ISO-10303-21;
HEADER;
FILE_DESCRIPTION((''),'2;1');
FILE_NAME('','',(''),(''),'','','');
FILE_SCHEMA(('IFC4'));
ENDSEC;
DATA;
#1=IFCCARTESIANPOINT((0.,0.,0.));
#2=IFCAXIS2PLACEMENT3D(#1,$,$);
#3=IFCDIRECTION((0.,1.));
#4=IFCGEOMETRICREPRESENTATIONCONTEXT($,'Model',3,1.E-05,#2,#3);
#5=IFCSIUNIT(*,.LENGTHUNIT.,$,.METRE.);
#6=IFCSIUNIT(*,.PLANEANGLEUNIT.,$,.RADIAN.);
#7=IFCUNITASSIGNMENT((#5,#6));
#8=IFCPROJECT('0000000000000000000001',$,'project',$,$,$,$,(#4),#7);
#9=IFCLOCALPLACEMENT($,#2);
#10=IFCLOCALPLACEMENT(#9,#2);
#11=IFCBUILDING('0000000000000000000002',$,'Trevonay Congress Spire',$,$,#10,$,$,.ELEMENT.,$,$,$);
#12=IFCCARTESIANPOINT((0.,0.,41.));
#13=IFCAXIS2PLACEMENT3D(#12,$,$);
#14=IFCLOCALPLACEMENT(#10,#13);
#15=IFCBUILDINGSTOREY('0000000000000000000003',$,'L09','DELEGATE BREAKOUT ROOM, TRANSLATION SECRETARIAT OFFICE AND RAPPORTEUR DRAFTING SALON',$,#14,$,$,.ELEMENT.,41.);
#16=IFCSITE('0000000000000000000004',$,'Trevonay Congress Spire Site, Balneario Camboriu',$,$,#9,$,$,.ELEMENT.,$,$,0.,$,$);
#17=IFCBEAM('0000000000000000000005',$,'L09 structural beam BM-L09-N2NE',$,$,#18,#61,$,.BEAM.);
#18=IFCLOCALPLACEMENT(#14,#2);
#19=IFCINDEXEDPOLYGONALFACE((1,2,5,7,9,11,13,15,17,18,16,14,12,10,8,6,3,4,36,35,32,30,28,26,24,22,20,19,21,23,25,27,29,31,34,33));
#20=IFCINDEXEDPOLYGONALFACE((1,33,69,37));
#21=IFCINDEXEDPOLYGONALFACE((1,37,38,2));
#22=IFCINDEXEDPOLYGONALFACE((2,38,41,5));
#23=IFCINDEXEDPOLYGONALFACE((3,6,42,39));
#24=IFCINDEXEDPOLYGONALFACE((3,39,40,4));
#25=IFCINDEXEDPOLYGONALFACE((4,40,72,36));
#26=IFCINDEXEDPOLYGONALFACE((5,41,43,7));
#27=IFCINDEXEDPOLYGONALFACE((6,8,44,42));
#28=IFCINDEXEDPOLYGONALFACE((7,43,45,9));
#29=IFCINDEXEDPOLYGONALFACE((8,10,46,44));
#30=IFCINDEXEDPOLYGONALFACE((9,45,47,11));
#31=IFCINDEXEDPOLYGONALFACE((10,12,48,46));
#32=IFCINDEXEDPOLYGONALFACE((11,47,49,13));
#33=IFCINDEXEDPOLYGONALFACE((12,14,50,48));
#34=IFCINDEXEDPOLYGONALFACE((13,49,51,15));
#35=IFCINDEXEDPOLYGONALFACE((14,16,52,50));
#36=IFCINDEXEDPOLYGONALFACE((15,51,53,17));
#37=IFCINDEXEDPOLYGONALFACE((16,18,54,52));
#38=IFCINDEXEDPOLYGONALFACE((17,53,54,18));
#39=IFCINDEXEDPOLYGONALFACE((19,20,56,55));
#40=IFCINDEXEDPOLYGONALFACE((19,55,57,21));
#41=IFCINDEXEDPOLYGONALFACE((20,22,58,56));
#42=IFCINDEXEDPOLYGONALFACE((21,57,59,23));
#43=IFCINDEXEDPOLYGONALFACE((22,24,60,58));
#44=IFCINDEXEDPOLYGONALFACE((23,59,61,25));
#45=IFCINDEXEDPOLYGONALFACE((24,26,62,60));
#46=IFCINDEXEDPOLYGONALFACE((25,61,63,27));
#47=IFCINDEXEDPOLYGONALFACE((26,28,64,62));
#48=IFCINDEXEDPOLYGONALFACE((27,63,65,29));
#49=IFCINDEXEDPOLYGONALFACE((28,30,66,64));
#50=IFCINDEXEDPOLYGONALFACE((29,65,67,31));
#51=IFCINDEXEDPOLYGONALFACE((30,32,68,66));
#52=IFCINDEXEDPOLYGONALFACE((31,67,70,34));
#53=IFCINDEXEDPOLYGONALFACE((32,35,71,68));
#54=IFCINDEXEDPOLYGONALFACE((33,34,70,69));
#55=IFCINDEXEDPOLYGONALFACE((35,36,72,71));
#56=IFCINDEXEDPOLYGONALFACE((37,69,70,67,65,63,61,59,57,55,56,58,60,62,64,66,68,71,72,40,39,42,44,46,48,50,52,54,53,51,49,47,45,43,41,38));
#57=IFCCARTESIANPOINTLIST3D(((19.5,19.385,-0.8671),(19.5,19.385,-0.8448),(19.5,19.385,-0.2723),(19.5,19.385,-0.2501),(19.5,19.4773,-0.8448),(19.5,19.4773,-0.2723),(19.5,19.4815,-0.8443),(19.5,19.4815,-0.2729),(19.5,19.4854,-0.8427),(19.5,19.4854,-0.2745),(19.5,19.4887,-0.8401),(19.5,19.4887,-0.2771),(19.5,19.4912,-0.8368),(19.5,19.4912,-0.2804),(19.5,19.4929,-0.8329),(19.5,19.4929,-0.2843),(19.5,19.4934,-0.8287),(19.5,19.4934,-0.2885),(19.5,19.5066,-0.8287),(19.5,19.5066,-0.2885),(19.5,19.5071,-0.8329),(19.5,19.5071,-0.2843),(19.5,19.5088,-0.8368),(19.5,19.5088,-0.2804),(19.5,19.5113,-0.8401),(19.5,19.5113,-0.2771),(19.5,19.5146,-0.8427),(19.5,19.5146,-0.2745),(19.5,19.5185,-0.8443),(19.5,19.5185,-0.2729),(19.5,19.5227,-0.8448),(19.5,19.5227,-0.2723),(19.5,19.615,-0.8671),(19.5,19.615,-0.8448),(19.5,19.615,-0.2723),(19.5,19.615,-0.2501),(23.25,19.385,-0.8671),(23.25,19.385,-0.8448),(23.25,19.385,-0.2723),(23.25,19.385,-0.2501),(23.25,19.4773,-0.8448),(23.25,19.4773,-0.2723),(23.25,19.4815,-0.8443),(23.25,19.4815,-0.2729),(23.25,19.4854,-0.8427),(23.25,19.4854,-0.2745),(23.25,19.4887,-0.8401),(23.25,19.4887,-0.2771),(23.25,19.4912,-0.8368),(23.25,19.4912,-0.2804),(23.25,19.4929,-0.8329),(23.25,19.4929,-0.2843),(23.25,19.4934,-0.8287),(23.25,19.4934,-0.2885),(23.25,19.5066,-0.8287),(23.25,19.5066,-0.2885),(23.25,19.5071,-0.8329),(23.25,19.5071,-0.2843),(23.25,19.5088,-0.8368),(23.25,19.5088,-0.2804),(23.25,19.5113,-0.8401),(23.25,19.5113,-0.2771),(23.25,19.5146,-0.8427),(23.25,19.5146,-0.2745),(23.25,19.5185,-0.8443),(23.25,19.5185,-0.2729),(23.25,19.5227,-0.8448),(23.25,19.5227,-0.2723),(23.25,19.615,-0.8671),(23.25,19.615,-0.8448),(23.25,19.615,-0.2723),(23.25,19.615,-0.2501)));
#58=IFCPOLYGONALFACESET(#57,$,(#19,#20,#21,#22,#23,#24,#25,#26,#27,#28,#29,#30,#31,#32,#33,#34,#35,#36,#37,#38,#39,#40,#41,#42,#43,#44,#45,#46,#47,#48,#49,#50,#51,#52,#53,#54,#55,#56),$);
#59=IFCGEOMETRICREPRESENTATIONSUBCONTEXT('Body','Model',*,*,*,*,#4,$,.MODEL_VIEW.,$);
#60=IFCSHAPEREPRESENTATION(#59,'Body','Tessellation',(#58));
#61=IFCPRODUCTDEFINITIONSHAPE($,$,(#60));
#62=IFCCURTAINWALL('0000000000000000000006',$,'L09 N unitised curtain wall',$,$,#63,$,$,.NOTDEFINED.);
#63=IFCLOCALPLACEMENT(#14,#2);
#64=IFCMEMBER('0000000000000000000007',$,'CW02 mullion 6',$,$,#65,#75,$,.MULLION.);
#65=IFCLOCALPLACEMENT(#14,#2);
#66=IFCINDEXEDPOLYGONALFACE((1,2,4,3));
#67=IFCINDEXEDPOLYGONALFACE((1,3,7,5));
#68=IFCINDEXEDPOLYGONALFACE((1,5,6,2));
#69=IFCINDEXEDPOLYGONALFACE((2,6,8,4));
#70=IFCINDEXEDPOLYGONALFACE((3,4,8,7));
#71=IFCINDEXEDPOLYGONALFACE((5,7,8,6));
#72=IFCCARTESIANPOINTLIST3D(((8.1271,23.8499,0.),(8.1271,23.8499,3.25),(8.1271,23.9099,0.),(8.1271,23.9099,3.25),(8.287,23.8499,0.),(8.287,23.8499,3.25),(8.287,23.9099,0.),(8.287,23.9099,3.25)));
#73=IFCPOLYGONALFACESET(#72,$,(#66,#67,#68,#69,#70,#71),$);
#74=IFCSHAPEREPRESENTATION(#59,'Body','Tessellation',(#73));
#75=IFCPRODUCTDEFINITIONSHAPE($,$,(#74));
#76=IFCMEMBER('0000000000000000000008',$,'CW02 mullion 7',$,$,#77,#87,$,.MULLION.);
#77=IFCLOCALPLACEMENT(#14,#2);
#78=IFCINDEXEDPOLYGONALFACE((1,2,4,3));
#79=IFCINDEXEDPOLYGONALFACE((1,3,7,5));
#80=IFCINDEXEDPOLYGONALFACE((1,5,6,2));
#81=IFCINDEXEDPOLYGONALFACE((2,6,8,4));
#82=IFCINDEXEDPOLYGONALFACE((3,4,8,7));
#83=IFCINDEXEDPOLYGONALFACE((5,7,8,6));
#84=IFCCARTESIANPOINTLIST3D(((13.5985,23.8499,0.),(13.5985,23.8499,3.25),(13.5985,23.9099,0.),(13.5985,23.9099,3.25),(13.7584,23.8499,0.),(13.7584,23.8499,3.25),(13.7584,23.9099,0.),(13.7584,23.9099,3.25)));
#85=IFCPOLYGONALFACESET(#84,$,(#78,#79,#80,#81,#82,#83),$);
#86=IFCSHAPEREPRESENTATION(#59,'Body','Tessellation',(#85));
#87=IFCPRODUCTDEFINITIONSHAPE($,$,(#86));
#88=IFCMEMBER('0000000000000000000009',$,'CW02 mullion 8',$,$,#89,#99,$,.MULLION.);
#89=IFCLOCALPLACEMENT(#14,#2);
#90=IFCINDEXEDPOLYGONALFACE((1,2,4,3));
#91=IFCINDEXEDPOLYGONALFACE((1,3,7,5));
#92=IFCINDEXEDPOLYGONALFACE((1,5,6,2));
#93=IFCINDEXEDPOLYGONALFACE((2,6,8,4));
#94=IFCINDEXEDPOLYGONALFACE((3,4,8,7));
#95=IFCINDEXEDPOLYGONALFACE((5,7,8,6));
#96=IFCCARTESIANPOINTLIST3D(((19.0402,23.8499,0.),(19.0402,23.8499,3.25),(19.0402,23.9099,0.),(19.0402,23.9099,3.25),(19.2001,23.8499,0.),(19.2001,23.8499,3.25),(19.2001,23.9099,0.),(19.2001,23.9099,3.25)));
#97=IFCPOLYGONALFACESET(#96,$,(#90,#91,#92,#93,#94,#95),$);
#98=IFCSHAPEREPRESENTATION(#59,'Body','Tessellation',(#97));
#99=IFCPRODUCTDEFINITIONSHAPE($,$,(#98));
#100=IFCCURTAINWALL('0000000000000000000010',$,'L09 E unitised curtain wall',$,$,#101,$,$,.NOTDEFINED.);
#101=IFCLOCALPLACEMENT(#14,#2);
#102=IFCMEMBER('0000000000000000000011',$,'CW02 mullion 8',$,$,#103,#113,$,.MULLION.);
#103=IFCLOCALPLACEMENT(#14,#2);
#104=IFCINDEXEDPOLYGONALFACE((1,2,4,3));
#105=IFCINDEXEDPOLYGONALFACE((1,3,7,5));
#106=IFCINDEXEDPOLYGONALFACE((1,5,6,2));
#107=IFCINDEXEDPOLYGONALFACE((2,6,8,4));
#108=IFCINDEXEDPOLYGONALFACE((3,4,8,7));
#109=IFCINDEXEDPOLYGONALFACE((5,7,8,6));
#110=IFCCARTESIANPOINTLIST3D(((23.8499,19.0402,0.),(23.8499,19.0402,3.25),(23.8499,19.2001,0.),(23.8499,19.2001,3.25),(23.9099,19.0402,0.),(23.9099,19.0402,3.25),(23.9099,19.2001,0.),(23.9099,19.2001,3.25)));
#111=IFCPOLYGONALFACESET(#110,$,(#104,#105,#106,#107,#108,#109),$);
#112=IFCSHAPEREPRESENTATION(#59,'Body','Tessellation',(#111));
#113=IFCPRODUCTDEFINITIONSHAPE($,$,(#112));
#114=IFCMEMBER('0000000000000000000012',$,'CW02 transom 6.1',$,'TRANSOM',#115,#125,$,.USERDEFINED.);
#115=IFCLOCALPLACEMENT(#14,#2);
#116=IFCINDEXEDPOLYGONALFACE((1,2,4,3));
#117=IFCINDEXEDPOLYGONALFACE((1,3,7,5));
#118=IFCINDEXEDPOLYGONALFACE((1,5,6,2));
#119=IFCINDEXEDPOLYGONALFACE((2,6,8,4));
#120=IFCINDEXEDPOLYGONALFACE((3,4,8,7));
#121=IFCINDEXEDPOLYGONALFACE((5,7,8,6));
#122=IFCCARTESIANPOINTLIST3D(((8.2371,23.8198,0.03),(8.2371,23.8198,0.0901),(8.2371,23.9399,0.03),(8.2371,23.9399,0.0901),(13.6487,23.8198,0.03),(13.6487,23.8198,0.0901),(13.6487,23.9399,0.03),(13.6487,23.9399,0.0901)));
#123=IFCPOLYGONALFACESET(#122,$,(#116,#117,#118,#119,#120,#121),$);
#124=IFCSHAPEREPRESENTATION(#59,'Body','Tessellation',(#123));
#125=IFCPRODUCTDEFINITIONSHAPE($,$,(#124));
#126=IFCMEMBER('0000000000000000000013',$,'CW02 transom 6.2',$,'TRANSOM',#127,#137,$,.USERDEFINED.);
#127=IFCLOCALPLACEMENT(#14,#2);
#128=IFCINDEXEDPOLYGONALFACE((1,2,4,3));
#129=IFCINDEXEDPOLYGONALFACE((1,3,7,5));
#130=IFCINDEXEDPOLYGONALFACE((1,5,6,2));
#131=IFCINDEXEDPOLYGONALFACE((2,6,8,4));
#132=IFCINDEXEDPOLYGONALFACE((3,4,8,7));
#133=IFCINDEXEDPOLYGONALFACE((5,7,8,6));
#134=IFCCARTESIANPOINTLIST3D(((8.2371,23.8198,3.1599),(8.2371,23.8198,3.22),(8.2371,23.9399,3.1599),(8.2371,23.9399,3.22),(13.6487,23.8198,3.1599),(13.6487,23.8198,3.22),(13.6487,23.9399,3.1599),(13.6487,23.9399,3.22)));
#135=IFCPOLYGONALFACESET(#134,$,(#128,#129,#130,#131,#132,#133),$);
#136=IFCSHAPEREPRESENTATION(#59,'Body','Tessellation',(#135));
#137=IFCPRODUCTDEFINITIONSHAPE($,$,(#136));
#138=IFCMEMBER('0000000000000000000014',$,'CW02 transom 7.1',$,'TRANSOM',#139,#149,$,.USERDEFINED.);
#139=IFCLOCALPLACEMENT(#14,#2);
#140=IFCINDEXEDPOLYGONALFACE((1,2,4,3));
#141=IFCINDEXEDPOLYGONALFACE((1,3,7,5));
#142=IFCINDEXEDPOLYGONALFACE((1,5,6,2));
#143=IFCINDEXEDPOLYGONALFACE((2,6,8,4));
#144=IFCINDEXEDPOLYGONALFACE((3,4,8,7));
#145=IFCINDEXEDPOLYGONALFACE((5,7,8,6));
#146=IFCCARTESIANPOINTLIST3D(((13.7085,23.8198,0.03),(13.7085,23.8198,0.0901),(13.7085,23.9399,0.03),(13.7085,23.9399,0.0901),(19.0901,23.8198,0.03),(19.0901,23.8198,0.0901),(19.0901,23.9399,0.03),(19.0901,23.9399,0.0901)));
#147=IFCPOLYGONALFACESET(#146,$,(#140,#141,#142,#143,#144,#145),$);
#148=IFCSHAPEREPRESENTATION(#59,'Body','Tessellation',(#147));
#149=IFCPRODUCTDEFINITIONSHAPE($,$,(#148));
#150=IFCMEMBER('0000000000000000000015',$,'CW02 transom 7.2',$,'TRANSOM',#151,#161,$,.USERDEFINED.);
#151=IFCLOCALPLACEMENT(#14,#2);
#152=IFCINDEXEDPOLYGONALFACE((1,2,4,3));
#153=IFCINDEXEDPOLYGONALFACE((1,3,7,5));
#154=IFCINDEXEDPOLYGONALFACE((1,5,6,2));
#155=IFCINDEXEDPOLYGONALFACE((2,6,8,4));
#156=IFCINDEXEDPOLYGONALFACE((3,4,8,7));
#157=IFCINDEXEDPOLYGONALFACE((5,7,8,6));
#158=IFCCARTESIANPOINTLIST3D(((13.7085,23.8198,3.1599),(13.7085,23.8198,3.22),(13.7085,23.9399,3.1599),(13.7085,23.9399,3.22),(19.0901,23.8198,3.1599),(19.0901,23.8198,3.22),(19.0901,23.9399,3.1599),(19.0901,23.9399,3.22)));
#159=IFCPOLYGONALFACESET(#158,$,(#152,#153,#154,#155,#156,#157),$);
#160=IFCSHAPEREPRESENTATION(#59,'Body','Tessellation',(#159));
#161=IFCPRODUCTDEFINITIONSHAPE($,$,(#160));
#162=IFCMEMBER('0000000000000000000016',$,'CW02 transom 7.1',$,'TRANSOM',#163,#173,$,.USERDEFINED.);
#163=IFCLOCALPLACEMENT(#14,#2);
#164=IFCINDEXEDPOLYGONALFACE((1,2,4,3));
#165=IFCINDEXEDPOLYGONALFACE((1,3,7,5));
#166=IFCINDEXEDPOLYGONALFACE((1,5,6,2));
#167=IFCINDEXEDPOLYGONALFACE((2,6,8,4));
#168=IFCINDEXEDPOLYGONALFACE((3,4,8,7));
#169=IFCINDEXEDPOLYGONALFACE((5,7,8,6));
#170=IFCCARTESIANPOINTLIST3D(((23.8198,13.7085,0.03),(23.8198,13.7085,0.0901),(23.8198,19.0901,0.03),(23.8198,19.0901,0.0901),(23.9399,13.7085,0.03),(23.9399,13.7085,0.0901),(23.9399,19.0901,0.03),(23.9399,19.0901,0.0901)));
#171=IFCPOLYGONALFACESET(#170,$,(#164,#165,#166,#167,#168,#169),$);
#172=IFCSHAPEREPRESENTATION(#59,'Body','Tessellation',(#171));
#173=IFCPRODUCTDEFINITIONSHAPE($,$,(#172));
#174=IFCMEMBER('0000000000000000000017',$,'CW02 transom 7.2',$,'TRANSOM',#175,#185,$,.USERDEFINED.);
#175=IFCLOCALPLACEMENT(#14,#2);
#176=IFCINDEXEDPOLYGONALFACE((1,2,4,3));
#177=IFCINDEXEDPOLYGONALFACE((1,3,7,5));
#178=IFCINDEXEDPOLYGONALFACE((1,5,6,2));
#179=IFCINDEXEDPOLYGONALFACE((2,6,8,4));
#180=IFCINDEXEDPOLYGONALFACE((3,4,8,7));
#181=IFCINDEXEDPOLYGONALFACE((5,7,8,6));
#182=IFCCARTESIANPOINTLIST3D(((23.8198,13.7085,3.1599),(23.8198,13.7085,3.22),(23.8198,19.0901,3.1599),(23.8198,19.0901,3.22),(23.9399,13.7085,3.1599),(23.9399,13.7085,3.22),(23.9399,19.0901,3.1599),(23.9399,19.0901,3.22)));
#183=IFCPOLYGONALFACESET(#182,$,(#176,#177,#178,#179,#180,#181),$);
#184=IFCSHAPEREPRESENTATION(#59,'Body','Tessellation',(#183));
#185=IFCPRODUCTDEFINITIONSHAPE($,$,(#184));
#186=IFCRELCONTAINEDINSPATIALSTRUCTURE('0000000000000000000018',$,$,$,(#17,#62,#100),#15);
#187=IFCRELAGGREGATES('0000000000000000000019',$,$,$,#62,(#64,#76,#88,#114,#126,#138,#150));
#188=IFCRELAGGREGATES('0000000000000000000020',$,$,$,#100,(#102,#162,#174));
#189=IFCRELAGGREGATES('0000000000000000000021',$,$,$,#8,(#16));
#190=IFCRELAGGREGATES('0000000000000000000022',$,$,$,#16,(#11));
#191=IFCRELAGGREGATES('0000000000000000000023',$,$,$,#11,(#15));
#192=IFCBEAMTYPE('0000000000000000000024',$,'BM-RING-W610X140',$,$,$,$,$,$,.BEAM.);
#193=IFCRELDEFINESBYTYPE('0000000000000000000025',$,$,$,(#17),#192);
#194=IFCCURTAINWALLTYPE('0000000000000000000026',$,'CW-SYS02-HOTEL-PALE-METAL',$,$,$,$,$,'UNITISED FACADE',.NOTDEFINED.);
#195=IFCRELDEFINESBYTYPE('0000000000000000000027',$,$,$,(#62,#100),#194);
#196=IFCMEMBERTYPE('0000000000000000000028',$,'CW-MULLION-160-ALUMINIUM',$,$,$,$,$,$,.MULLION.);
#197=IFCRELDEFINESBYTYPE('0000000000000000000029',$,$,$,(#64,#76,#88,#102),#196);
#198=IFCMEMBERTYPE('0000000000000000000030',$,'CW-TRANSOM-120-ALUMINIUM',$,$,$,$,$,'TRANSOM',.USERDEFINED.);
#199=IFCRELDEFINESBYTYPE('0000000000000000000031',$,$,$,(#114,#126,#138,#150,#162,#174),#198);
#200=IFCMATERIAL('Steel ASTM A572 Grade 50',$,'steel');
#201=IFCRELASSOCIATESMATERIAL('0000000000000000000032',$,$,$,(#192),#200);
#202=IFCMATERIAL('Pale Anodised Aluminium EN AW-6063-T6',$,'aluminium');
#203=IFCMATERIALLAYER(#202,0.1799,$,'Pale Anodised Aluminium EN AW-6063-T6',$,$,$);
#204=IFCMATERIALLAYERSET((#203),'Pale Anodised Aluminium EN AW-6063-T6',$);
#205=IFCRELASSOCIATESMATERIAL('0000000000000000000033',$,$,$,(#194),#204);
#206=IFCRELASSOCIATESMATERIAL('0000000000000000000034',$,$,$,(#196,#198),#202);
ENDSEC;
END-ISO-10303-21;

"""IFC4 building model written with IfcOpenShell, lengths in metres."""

from ifc_helpers import new_model, si_unit, direction, frame, origin, origin_2d, place, context, subcontext, project, spatial, rectangle, i_section, extrude, material, layer, layer_set, material_profile, profile_set, type_object, element, aggregate, save


model = new_model("IFC4")

# Units and contexts
model_context = context("Model", 3, precision=1e-05, world=origin(), true_north=direction((0.0, 1.0)))
body_context = subcontext(model_context, "Body", "Model", "MODEL_VIEW")
ifc_project = project(units=[si_unit("LENGTHUNIT", "METRE"), si_unit("PLANEANGLEUNIT", "RADIAN")], contexts=[model_context])

# Site, building, storey
site_placement = place(None, origin())
site = spatial("IfcSite", under=ifc_project, at=site_placement, Name="Trevonay Congress Spire Site, Balneario Camboriu", CompositionType="ELEMENT", RefElevation=0.0)
building_placement = place(site_placement, origin())
building = spatial("IfcBuilding", under=site, at=building_placement, Name="Trevonay Congress Spire", CompositionType="ELEMENT")
storey_placement = place(building_placement, frame((0.0, 0.0, 41.0)))
storey = spatial("IfcBuildingStorey", under=building, at=storey_placement, Name="L09", Description="DELEGATE BREAKOUT ROOM, TRANSLATION SECRETARIAT OFFICE AND RAPPORTEUR DRAFTING SALON", CompositionType="ELEMENT", Elevation=41.0)

# Shared definitions
ifc_material_1 = material(Name="Steel ASTM A572 Grade 50", Category="steel")

# Beam
ifc_material_profile_1 = material_profile(ifc_material_1, i_section(OverallWidth=0.23, OverallDepth=0.6169, WebThickness=0.0132, FlangeThickness=0.0222, FilletRadius=0.0161, at=origin_2d()), Name="W610x140")
ifc_profile_set_1 = profile_set([ifc_material_profile_1], Name="Steel ASTM A572 Grade 50")
beam_type = type_object("IfcBeamType", Name="BM-RING-W610X140", PredefinedType="BEAM", material=ifc_profile_set_1)
for number, where, z_axis, x_axis, name in (
    (1, (23.25, 19.5, -0.5586), (-1.0, 0.0, 0.0), (0.0, -1.0, 0.0), "L09 structural beam BM-L09-N2NE"),
):
    element("IfcBeam", number, at=place(storey_placement, frame(where, z_axis=z_axis, x_axis=x_axis)), inside=storey, type_object=beam_type, Name=name, PredefinedType="BEAM", context=body_context, shape_type="SweptSolid", body=[
        extrude(i_section(OverallWidth=0.23, OverallDepth=0.6169, WebThickness=0.0132, FlangeThickness=0.0222, FilletRadius=0.0161, at=origin_2d()), origin(), (0.0, 0.0, 1.0), 3.75),
    ])

# Curtain wall, members
ifc_material_2 = material(Name="Pale Anodised Aluminium EN AW-6063-T6", Category="aluminium")
ifc_layer_1 = layer(ifc_material_2, 0.1799, Name="Pale Anodised Aluminium EN AW-6063-T6")
ifc_layer_set_1 = layer_set([ifc_layer_1], Name="Pale Anodised Aluminium EN AW-6063-T6")
curtain_wall_type = type_object("IfcCurtainWallType", Name="CW-SYS02-HOTEL-PALE-METAL", ElementType="UNITISED FACADE", PredefinedType="NOTDEFINED", material=ifc_layer_set_1)
curtain_wall_1_placement = place(storey_placement, origin())
curtain_wall_1 = element("IfcCurtainWall", 2, at=curtain_wall_1_placement, inside=storey, type_object=curtain_wall_type, Name="L09 N unitised curtain wall", PredefinedType="NOTDEFINED")
ifc_material_profile_2 = material_profile(ifc_material_2, rectangle(XDim=0.0601, YDim=0.1599, at=origin_2d()), Name="CW-MULLION-160-ALUMINIUM")
ifc_profile_set_2 = profile_set([ifc_material_profile_2], Name="Pale Anodised Aluminium EN AW-6063-T6")
member_type_1 = type_object("IfcMemberType", Name="CW-MULLION-160-ALUMINIUM", PredefinedType="MULLION", material=ifc_profile_set_2)
member_1_placement = place(storey_placement, frame((8.207, 23.8799, 0.0), z_axis=(0.0, 0.0, 1.0), x_axis=(0.0, 1.0, 0.0)))
member_1 = element("IfcMember", 3, at=member_1_placement, type_object=member_type_1, Name="CW02 mullion 6", PredefinedType="MULLION", context=body_context, shape_type="SweptSolid", body=[
    extrude(rectangle(XDim=0.0601, YDim=0.1599, at=origin_2d()), origin(), (0.0, 0.0, 1.0), 3.25),
])
member_2_placement = place(storey_placement, frame((13.6785, 23.8799, 0.0), z_axis=(0.0, 0.0, 1.0), x_axis=(0.0, 1.0, 0.0)))
member_2 = element("IfcMember", 4, at=member_2_placement, type_object=member_type_1, Name="CW02 mullion 7", PredefinedType="MULLION", context=body_context, shape_type="SweptSolid", body=[
    extrude(rectangle(XDim=0.0601, YDim=0.1599, at=origin_2d()), origin(), (0.0, 0.0, 1.0), 3.25),
])
member_3_placement = place(storey_placement, frame((19.1201, 23.8799, 0.0), z_axis=(0.0, 0.0, 1.0), x_axis=(0.0, 1.0, 0.0)))
member_3 = element("IfcMember", 5, at=member_3_placement, type_object=member_type_1, Name="CW02 mullion 8", PredefinedType="MULLION", context=body_context, shape_type="SweptSolid", body=[
    extrude(rectangle(XDim=0.0601, YDim=0.1599, at=origin_2d()), origin(), (0.0, 0.0, 1.0), 3.25),
])

# Curtain wall, member
curtain_wall_2_placement = place(storey_placement, origin())
curtain_wall_2 = element("IfcCurtainWall", 6, at=curtain_wall_2_placement, inside=storey, type_object=curtain_wall_type, Name="L09 E unitised curtain wall", PredefinedType="NOTDEFINED")
member_4_placement = place(storey_placement, frame((23.8799, 19.1201, 0.0), z_axis=(0.0, 0.0, 1.0), x_axis=(-1.0, 0.0, 0.0)))
member_4 = element("IfcMember", 7, at=member_4_placement, type_object=member_type_1, Name="CW02 mullion 8", PredefinedType="MULLION", context=body_context, shape_type="SweptSolid", body=[
    extrude(rectangle(XDim=0.0601, YDim=0.1599, at=origin_2d()), origin(), (0.0, 0.0, 1.0), 3.25),
])

# Members
ifc_material_profile_3 = material_profile(ifc_material_2, rectangle(XDim=0.1201, YDim=0.0601, at=origin_2d()), Name="CW-TRANSOM-120-ALUMINIUM")
ifc_profile_set_3 = profile_set([ifc_material_profile_3], Name="Pale Anodised Aluminium EN AW-6063-T6")
member_type_2 = type_object("IfcMemberType", Name="CW-TRANSOM-120-ALUMINIUM", ElementType="TRANSOM", PredefinedType="USERDEFINED", material=ifc_profile_set_3)
member_5_placement = place(storey_placement, frame((8.2371, 23.8799, 0.0601), z_axis=(1.0, 0.0, 0.0), x_axis=(0.0, 1.0, 0.0)))
member_5 = element("IfcMember", 8, at=member_5_placement, type_object=member_type_2, Name="CW02 transom 6.1", ObjectType="TRANSOM", PredefinedType="USERDEFINED", context=body_context, shape_type="SweptSolid", body=[
    extrude(rectangle(XDim=0.1201, YDim=0.0601, at=origin_2d()), origin(), (0.0, 0.0, 1.0), 5.4116),
])
member_6_placement = place(storey_placement, frame((8.2371, 23.8799, 3.1899), z_axis=(1.0, 0.0, 0.0), x_axis=(0.0, 1.0, 0.0)))
member_6 = element("IfcMember", 9, at=member_6_placement, type_object=member_type_2, Name="CW02 transom 6.2", ObjectType="TRANSOM", PredefinedType="USERDEFINED", context=body_context, shape_type="SweptSolid", body=[
    extrude(rectangle(XDim=0.1201, YDim=0.0601, at=origin_2d()), origin(), (0.0, 0.0, 1.0), 5.4116),
])
member_7_placement = place(storey_placement, frame((13.7085, 23.8799, 0.0601), z_axis=(1.0, 0.0, 0.0), x_axis=(0.0, 1.0, 0.0)))
member_7 = element("IfcMember", 10, at=member_7_placement, type_object=member_type_2, Name="CW02 transom 7.1", ObjectType="TRANSOM", PredefinedType="USERDEFINED", context=body_context, shape_type="SweptSolid", body=[
    extrude(rectangle(XDim=0.1201, YDim=0.0601, at=origin_2d()), origin(), (0.0, 0.0, 1.0), 5.3816),
])
member_8_placement = place(storey_placement, frame((13.7085, 23.8799, 3.1899), z_axis=(1.0, 0.0, 0.0), x_axis=(0.0, 1.0, 0.0)))
member_8 = element("IfcMember", 11, at=member_8_placement, type_object=member_type_2, Name="CW02 transom 7.2", ObjectType="TRANSOM", PredefinedType="USERDEFINED", context=body_context, shape_type="SweptSolid", body=[
    extrude(rectangle(XDim=0.1201, YDim=0.0601, at=origin_2d()), origin(), (0.0, 0.0, 1.0), 5.3816),
])
member_9_placement = place(storey_placement, frame((23.8799, 13.7085, 0.0601), z_axis=(0.0, 1.0, 0.0), x_axis=(-1.0, 0.0, 0.0)))
member_9 = element("IfcMember", 12, at=member_9_placement, type_object=member_type_2, Name="CW02 transom 7.1", ObjectType="TRANSOM", PredefinedType="USERDEFINED", context=body_context, shape_type="SweptSolid", body=[
    extrude(rectangle(XDim=0.1201, YDim=0.0601, at=origin_2d()), origin(), (0.0, 0.0, 1.0), 5.3816),
])
member_10_placement = place(storey_placement, frame((23.8799, 13.7085, 3.1899), z_axis=(0.0, 1.0, 0.0), x_axis=(-1.0, 0.0, 0.0)))
member_10 = element("IfcMember", 13, at=member_10_placement, type_object=member_type_2, Name="CW02 transom 7.2", ObjectType="TRANSOM", PredefinedType="USERDEFINED", context=body_context, shape_type="SweptSolid", body=[
    extrude(rectangle(XDim=0.1201, YDim=0.0601, at=origin_2d()), origin(), (0.0, 0.0, 1.0), 5.3816),
])

aggregate(curtain_wall_1, [member_1, member_2, member_3, member_5, member_6, member_7, member_8])
aggregate(curtain_wall_2, [member_4, member_9, member_10])

save(model, "model.ifc")
